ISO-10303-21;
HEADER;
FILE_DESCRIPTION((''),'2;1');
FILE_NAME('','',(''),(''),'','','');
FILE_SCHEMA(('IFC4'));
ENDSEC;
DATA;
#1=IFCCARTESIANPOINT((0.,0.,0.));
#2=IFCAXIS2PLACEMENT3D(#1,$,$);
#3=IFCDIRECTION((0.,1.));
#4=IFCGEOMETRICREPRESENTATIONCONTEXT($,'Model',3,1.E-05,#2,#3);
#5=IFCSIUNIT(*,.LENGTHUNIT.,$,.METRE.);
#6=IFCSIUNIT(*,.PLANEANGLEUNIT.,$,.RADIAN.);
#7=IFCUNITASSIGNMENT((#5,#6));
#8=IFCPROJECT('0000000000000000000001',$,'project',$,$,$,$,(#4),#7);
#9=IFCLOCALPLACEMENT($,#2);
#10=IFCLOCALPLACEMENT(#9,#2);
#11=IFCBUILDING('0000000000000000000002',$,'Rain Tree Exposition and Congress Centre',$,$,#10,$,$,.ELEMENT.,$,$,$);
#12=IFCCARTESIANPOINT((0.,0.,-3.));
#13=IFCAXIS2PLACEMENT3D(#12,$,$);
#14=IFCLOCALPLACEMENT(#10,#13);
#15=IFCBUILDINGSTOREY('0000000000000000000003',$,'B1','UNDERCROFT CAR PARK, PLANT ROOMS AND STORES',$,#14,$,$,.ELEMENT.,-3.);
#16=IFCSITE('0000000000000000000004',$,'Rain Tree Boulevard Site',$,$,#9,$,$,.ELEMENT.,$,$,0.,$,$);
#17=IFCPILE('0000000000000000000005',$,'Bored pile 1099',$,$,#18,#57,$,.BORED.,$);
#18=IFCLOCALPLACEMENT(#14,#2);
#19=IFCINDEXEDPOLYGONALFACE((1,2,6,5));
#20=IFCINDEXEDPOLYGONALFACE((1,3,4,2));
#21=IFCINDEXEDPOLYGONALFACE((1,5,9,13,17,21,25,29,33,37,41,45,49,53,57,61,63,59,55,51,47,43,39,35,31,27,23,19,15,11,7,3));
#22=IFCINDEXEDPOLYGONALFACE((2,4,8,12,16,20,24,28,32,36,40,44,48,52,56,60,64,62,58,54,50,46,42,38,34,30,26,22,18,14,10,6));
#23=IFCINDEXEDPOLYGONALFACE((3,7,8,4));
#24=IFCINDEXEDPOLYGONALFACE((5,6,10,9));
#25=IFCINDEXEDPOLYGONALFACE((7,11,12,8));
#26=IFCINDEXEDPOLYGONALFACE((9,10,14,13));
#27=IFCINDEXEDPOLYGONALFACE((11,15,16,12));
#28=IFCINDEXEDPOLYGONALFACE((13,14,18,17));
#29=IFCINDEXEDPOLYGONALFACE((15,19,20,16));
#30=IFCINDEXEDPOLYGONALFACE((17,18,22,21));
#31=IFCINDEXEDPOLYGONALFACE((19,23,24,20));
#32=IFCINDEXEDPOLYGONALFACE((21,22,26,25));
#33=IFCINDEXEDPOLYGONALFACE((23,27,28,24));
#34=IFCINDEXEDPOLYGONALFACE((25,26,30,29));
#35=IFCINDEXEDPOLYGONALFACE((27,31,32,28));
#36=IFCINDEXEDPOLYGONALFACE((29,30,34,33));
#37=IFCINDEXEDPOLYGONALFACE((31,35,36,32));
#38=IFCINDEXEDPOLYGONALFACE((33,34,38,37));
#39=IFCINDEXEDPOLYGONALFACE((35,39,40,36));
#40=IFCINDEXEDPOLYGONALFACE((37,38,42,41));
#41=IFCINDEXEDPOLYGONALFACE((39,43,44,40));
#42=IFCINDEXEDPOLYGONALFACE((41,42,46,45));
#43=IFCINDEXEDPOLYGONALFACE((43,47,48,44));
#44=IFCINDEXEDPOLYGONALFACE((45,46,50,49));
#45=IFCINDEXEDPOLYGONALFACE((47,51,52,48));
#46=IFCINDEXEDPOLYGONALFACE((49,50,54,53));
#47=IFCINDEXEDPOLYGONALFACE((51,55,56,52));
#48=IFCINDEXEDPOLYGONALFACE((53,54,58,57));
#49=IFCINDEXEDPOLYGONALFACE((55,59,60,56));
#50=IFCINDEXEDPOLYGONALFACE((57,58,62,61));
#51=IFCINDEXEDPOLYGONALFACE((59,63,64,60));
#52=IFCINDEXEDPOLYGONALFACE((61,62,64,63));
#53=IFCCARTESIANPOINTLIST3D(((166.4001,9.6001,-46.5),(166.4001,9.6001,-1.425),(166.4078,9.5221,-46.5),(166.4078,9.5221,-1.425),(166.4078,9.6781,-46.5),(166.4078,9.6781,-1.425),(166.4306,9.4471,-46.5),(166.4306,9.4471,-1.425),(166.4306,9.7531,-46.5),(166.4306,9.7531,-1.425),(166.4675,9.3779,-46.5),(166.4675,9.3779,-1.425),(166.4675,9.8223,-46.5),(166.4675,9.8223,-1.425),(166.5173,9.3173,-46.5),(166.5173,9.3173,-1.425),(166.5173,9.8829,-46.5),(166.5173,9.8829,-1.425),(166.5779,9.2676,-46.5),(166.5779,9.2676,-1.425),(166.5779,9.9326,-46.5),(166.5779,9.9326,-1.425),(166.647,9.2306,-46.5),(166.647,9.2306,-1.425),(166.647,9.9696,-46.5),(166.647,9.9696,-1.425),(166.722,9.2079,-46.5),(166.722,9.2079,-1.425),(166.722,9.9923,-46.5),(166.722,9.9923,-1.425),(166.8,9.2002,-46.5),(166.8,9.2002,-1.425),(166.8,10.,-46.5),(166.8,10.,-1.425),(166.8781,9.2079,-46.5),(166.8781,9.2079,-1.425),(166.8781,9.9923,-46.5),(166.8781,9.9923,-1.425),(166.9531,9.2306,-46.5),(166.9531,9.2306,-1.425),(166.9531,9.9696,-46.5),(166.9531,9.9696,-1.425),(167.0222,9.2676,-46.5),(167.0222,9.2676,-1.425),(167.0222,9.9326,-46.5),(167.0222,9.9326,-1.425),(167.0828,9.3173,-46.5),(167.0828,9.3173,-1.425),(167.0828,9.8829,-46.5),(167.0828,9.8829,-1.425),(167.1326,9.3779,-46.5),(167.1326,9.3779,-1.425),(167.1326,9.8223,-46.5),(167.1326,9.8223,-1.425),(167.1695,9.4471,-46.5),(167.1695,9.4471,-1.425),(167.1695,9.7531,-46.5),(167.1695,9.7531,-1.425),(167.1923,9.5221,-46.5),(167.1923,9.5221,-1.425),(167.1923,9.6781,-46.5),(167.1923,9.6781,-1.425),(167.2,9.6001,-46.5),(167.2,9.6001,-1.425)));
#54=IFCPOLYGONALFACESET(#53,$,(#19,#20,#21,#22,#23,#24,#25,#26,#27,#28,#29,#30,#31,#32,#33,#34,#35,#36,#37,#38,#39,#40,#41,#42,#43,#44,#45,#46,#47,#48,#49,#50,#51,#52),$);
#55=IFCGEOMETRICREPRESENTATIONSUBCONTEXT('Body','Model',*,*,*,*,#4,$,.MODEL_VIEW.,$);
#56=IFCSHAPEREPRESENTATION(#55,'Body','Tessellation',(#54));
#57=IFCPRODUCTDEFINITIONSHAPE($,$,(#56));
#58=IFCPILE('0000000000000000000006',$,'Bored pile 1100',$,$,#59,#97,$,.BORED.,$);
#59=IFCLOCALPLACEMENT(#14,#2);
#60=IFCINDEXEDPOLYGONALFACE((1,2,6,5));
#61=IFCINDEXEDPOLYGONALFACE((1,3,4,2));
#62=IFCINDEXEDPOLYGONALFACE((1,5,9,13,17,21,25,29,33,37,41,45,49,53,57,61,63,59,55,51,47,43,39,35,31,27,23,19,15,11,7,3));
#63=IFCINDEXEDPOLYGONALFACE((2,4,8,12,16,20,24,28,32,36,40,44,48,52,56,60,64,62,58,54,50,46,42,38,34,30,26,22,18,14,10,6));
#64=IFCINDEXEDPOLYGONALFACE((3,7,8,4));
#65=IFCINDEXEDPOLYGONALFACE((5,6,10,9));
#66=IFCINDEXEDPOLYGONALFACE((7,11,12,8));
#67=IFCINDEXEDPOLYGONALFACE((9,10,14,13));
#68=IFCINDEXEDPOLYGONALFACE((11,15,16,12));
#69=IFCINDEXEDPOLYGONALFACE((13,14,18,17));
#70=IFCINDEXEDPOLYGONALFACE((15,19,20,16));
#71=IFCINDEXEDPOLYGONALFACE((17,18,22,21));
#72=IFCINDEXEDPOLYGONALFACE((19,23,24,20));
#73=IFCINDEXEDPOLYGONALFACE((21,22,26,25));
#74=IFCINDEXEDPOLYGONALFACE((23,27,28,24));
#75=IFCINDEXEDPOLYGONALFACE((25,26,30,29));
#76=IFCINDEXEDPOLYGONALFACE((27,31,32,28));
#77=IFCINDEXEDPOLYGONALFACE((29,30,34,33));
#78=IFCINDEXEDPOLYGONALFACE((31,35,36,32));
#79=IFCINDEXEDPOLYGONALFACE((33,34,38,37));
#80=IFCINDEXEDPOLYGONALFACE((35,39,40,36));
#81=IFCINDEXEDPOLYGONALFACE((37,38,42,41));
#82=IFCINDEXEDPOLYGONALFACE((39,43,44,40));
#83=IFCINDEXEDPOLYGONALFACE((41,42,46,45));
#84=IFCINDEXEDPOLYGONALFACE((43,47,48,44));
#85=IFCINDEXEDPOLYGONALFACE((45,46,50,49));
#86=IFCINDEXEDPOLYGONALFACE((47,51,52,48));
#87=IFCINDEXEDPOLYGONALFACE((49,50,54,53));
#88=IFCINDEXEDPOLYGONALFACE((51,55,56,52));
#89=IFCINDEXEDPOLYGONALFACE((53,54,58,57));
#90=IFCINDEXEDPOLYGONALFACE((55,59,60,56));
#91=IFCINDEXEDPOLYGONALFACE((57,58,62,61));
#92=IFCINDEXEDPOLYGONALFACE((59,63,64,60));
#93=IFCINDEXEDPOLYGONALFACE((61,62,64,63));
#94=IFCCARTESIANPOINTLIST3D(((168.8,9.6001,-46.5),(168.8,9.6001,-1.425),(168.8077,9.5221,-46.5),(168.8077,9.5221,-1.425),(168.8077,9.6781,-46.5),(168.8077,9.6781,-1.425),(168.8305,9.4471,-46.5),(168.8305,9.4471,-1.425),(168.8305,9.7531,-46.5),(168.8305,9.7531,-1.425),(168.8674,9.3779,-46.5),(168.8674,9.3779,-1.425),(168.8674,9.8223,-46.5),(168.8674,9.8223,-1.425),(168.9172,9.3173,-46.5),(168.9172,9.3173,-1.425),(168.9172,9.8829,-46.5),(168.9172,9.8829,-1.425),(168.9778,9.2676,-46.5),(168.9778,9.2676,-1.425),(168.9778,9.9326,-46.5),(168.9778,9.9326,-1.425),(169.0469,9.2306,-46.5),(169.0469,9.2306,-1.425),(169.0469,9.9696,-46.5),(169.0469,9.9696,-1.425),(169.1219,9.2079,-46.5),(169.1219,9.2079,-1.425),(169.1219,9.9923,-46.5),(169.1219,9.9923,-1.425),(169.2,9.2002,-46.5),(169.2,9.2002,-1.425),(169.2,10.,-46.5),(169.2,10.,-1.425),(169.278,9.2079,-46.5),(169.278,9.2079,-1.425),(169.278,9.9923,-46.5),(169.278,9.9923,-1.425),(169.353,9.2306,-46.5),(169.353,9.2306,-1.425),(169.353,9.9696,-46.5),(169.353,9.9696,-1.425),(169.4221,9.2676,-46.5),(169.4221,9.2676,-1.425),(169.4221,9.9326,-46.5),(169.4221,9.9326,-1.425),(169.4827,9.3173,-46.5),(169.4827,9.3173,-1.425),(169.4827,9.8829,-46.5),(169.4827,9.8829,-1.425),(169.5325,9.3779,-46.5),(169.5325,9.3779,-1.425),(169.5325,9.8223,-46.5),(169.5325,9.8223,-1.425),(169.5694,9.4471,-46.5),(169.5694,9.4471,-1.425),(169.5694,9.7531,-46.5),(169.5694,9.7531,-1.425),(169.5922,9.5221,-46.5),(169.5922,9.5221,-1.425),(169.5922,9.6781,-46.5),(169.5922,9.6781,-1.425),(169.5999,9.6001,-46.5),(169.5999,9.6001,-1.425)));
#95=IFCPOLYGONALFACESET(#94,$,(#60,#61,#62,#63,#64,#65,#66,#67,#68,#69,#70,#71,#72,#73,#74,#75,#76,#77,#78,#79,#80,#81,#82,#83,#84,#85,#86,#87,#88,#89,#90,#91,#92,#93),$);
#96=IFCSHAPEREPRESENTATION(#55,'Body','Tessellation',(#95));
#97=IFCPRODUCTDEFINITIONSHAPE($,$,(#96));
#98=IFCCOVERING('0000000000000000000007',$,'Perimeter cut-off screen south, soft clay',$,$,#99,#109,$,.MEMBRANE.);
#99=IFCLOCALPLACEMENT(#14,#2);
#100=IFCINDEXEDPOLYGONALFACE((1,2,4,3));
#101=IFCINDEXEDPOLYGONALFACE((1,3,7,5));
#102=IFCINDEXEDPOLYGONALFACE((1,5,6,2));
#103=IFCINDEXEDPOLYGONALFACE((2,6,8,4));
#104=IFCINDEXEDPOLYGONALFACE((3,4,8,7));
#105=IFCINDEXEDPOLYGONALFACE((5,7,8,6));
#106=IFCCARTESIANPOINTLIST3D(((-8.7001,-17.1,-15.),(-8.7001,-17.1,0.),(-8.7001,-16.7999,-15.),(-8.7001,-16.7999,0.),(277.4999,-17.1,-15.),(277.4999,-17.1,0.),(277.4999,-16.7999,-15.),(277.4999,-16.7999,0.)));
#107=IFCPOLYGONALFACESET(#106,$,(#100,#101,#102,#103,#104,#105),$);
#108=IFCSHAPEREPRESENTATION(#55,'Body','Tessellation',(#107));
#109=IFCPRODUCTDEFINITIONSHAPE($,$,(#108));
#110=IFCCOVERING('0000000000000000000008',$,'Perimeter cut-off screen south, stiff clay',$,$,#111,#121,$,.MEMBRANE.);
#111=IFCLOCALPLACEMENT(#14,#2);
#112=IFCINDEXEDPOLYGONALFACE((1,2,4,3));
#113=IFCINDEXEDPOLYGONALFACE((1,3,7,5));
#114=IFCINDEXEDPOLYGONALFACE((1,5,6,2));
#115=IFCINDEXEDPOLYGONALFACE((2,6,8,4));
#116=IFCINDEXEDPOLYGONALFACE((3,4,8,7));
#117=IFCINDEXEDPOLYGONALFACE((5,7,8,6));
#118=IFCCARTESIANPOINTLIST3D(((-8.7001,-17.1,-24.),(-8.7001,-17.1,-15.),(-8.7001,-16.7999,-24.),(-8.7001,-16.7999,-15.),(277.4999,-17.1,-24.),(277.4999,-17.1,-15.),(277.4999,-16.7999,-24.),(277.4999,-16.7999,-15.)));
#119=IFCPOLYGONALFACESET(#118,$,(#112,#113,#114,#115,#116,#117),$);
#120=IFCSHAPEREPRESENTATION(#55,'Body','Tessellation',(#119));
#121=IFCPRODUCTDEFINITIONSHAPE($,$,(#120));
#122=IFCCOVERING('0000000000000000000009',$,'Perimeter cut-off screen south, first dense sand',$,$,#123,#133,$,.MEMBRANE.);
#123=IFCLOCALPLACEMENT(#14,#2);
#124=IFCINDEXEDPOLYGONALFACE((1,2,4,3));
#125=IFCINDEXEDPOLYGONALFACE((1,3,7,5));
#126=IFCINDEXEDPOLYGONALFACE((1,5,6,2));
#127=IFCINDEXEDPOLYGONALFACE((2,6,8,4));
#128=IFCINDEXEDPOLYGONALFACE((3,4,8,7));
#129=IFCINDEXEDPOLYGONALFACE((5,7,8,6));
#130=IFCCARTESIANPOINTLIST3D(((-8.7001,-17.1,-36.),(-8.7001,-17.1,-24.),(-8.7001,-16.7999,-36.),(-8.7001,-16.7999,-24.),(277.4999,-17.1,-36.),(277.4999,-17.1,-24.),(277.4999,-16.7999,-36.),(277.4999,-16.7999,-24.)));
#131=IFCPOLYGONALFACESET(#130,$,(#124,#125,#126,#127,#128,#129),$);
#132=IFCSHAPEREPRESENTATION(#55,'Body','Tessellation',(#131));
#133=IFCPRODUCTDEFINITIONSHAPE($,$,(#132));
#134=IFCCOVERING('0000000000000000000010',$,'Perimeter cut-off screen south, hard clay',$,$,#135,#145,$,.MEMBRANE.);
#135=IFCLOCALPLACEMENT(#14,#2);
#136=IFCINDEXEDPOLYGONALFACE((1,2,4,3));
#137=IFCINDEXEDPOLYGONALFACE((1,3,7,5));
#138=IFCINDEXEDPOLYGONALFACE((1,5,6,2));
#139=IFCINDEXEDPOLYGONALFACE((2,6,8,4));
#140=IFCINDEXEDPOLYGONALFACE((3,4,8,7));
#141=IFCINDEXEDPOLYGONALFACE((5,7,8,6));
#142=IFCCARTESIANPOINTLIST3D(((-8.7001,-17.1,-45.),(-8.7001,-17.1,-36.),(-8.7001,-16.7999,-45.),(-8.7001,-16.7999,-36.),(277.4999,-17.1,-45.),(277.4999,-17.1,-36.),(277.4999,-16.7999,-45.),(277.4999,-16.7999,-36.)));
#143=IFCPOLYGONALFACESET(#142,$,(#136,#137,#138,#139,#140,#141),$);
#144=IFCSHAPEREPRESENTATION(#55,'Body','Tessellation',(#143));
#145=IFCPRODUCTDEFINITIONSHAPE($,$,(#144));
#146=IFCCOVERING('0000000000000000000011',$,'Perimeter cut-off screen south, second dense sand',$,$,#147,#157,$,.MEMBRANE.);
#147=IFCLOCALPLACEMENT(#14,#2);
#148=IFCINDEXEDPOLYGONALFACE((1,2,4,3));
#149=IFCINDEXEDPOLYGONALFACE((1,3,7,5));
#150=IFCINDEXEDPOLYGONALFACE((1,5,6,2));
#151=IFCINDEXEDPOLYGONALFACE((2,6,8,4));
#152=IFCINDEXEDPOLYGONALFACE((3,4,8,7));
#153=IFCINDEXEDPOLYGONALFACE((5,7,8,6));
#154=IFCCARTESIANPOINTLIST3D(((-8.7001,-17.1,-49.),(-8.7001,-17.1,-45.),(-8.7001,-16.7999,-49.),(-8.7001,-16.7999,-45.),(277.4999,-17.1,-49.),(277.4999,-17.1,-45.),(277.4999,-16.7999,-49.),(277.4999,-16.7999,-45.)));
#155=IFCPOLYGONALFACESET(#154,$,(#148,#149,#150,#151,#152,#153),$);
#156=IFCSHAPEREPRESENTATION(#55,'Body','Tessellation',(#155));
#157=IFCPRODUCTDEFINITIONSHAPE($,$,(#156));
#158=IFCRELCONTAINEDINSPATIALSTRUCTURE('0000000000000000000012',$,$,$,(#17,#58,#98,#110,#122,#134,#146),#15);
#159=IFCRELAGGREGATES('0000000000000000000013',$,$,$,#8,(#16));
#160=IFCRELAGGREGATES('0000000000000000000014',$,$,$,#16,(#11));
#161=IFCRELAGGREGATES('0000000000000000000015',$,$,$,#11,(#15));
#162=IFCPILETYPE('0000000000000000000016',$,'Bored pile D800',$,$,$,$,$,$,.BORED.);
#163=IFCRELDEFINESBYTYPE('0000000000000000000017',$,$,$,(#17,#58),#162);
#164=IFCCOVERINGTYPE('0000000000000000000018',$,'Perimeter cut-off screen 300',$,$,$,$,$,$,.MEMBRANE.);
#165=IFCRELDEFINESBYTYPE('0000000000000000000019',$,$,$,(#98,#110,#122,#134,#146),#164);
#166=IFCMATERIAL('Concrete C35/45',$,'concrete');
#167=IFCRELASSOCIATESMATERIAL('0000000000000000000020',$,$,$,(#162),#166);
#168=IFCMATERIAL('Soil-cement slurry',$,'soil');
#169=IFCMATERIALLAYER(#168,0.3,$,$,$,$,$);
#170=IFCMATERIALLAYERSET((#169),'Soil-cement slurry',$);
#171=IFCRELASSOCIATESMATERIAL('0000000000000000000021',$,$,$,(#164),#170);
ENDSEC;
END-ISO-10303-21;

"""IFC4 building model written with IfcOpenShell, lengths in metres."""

from ifc_helpers import new_model, si_unit, direction, frame, origin, origin_2d, place, context, subcontext, project, spatial, rectangle, circle, extrude, material, layer, layer_set, material_profile, profile_set, type_object, element, save


model = new_model("IFC4")

# Units and contexts
model_context = context("Model", 3, precision=1e-05, world=origin(), true_north=direction((0.0, 1.0)))
body_context = subcontext(model_context, "Body", "Model", "MODEL_VIEW")
ifc_project = project(units=[si_unit("LENGTHUNIT", "METRE"), si_unit("PLANEANGLEUNIT", "RADIAN")], contexts=[model_context])

# Site, building, storey
site_placement = place(None, origin())
site = spatial("IfcSite", under=ifc_project, at=site_placement, Name="Rain Tree Boulevard Site", CompositionType="ELEMENT", RefElevation=0.0)
building_placement = place(site_placement, origin())
building = spatial("IfcBuilding", under=site, at=building_placement, Name="Rain Tree Exposition and Congress Centre", CompositionType="ELEMENT")
storey_placement = place(building_placement, frame((0.0, 0.0, -3.0)))
storey = spatial("IfcBuildingStorey", under=building, at=storey_placement, Name="B1", Description="UNDERCROFT CAR PARK, PLANT ROOMS AND STORES", CompositionType="ELEMENT", Elevation=-3.0)

# Piles
ifc_material_1 = material(Name="Concrete C35/45", Category="concrete")
ifc_material_profile_1 = material_profile(ifc_material_1, circle(Radius=0.3999, at=origin_2d()), Name="D800")
ifc_profile_set_1 = profile_set([ifc_material_profile_1], Name="Concrete C35/45")
pile_type_1 = type_object("IfcPileType", Name="Bored pile D800", PredefinedType="BORED", material=ifc_profile_set_1)
for number, where, z_axis, x_axis, name in (
    (1, (166.8, 9.6001, -1.425), (0.0, 0.0, -1.0), (1.0, 0.0, 0.0), "Bored pile 1099"),
    (2, (169.2, 9.6001, -1.425), (0.0, 0.0, -1.0), (1.0, 0.0, 0.0), "Bored pile 1100"),
):
    element("IfcPile", number, at=place(storey_placement, frame(where, z_axis=z_axis, x_axis=x_axis)), inside=storey, type_object=pile_type_1, Name=name, PredefinedType="BORED", context=body_context, shape_type="SweptSolid", body=[
        extrude(circle(Radius=0.3999, at=origin_2d()), origin(), (0.0, 0.0, 1.0), 45.075),
    ])

# Coverings
ifc_material_2 = material(Name="Soil-cement slurry", Category="soil")
ifc_layer = layer(ifc_material_2, 0.3)
ifc_layer_set = layer_set([ifc_layer], Name="Soil-cement slurry")
covering_type = type_object("IfcCoveringType", Name="Perimeter cut-off screen 300", PredefinedType="MEMBRANE", material=ifc_layer_set)
covering_1_placement = place(storey_placement, frame((134.3999, -16.95, -15.0), z_axis=(0.0, 0.0, 1.0), x_axis=(1.0, 0.0, 0.0)))
element("IfcCovering", 3, at=covering_1_placement, inside=storey, type_object=covering_type, Name="Perimeter cut-off screen south, soft clay", PredefinedType="MEMBRANE", context=body_context, shape_type="SweptSolid", body=[
    extrude(rectangle(XDim=286.2, YDim=0.3, at=origin_2d()), origin(), (0.0, 0.0, 1.0), 15.0),
])
covering_2_placement = place(storey_placement, frame((134.3999, -16.95, -24.0), z_axis=(0.0, 0.0, 1.0), x_axis=(1.0, 0.0, 0.0)))
element("IfcCovering", 4, at=covering_2_placement, inside=storey, type_object=covering_type, Name="Perimeter cut-off screen south, stiff clay", PredefinedType="MEMBRANE", context=body_context, shape_type="SweptSolid", body=[
    extrude(rectangle(XDim=286.2, YDim=0.3, at=origin_2d()), origin(), (0.0, 0.0, 1.0), 9.0),
])
covering_3_placement = place(storey_placement, frame((134.3999, -16.95, -36.0), z_axis=(0.0, 0.0, 1.0), x_axis=(1.0, 0.0, 0.0)))
element("IfcCovering", 5, at=covering_3_placement, inside=storey, type_object=covering_type, Name="Perimeter cut-off screen south, first dense sand", PredefinedType="MEMBRANE", context=body_context, shape_type="SweptSolid", body=[
    extrude(rectangle(XDim=286.2, YDim=0.3, at=origin_2d()), origin(), (0.0, 0.0, 1.0), 12.0),
])
covering_4_placement = place(storey_placement, frame((134.3999, -16.95, -45.0), z_axis=(0.0, 0.0, 1.0), x_axis=(1.0, 0.0, 0.0)))
element("IfcCovering", 6, at=covering_4_placement, inside=storey, type_object=covering_type, Name="Perimeter cut-off screen south, hard clay", PredefinedType="MEMBRANE", context=body_context, shape_type="SweptSolid", body=[
    extrude(rectangle(XDim=286.2, YDim=0.3, at=origin_2d()), origin(), (0.0, 0.0, 1.0), 9.0),
])
covering_5_placement = place(storey_placement, frame((134.3999, -16.95, -49.0), z_axis=(0.0, 0.0, 1.0), x_axis=(1.0, 0.0, 0.0)))
element("IfcCovering", 7, at=covering_5_placement, inside=storey, type_object=covering_type, Name="Perimeter cut-off screen south, second dense sand", PredefinedType="MEMBRANE", context=body_context, shape_type="SweptSolid", body=[
    extrude(rectangle(XDim=286.2, YDim=0.3, at=origin_2d()), origin(), (0.0, 0.0, 1.0), 4.0),
])

save(model, "model.ifc")
